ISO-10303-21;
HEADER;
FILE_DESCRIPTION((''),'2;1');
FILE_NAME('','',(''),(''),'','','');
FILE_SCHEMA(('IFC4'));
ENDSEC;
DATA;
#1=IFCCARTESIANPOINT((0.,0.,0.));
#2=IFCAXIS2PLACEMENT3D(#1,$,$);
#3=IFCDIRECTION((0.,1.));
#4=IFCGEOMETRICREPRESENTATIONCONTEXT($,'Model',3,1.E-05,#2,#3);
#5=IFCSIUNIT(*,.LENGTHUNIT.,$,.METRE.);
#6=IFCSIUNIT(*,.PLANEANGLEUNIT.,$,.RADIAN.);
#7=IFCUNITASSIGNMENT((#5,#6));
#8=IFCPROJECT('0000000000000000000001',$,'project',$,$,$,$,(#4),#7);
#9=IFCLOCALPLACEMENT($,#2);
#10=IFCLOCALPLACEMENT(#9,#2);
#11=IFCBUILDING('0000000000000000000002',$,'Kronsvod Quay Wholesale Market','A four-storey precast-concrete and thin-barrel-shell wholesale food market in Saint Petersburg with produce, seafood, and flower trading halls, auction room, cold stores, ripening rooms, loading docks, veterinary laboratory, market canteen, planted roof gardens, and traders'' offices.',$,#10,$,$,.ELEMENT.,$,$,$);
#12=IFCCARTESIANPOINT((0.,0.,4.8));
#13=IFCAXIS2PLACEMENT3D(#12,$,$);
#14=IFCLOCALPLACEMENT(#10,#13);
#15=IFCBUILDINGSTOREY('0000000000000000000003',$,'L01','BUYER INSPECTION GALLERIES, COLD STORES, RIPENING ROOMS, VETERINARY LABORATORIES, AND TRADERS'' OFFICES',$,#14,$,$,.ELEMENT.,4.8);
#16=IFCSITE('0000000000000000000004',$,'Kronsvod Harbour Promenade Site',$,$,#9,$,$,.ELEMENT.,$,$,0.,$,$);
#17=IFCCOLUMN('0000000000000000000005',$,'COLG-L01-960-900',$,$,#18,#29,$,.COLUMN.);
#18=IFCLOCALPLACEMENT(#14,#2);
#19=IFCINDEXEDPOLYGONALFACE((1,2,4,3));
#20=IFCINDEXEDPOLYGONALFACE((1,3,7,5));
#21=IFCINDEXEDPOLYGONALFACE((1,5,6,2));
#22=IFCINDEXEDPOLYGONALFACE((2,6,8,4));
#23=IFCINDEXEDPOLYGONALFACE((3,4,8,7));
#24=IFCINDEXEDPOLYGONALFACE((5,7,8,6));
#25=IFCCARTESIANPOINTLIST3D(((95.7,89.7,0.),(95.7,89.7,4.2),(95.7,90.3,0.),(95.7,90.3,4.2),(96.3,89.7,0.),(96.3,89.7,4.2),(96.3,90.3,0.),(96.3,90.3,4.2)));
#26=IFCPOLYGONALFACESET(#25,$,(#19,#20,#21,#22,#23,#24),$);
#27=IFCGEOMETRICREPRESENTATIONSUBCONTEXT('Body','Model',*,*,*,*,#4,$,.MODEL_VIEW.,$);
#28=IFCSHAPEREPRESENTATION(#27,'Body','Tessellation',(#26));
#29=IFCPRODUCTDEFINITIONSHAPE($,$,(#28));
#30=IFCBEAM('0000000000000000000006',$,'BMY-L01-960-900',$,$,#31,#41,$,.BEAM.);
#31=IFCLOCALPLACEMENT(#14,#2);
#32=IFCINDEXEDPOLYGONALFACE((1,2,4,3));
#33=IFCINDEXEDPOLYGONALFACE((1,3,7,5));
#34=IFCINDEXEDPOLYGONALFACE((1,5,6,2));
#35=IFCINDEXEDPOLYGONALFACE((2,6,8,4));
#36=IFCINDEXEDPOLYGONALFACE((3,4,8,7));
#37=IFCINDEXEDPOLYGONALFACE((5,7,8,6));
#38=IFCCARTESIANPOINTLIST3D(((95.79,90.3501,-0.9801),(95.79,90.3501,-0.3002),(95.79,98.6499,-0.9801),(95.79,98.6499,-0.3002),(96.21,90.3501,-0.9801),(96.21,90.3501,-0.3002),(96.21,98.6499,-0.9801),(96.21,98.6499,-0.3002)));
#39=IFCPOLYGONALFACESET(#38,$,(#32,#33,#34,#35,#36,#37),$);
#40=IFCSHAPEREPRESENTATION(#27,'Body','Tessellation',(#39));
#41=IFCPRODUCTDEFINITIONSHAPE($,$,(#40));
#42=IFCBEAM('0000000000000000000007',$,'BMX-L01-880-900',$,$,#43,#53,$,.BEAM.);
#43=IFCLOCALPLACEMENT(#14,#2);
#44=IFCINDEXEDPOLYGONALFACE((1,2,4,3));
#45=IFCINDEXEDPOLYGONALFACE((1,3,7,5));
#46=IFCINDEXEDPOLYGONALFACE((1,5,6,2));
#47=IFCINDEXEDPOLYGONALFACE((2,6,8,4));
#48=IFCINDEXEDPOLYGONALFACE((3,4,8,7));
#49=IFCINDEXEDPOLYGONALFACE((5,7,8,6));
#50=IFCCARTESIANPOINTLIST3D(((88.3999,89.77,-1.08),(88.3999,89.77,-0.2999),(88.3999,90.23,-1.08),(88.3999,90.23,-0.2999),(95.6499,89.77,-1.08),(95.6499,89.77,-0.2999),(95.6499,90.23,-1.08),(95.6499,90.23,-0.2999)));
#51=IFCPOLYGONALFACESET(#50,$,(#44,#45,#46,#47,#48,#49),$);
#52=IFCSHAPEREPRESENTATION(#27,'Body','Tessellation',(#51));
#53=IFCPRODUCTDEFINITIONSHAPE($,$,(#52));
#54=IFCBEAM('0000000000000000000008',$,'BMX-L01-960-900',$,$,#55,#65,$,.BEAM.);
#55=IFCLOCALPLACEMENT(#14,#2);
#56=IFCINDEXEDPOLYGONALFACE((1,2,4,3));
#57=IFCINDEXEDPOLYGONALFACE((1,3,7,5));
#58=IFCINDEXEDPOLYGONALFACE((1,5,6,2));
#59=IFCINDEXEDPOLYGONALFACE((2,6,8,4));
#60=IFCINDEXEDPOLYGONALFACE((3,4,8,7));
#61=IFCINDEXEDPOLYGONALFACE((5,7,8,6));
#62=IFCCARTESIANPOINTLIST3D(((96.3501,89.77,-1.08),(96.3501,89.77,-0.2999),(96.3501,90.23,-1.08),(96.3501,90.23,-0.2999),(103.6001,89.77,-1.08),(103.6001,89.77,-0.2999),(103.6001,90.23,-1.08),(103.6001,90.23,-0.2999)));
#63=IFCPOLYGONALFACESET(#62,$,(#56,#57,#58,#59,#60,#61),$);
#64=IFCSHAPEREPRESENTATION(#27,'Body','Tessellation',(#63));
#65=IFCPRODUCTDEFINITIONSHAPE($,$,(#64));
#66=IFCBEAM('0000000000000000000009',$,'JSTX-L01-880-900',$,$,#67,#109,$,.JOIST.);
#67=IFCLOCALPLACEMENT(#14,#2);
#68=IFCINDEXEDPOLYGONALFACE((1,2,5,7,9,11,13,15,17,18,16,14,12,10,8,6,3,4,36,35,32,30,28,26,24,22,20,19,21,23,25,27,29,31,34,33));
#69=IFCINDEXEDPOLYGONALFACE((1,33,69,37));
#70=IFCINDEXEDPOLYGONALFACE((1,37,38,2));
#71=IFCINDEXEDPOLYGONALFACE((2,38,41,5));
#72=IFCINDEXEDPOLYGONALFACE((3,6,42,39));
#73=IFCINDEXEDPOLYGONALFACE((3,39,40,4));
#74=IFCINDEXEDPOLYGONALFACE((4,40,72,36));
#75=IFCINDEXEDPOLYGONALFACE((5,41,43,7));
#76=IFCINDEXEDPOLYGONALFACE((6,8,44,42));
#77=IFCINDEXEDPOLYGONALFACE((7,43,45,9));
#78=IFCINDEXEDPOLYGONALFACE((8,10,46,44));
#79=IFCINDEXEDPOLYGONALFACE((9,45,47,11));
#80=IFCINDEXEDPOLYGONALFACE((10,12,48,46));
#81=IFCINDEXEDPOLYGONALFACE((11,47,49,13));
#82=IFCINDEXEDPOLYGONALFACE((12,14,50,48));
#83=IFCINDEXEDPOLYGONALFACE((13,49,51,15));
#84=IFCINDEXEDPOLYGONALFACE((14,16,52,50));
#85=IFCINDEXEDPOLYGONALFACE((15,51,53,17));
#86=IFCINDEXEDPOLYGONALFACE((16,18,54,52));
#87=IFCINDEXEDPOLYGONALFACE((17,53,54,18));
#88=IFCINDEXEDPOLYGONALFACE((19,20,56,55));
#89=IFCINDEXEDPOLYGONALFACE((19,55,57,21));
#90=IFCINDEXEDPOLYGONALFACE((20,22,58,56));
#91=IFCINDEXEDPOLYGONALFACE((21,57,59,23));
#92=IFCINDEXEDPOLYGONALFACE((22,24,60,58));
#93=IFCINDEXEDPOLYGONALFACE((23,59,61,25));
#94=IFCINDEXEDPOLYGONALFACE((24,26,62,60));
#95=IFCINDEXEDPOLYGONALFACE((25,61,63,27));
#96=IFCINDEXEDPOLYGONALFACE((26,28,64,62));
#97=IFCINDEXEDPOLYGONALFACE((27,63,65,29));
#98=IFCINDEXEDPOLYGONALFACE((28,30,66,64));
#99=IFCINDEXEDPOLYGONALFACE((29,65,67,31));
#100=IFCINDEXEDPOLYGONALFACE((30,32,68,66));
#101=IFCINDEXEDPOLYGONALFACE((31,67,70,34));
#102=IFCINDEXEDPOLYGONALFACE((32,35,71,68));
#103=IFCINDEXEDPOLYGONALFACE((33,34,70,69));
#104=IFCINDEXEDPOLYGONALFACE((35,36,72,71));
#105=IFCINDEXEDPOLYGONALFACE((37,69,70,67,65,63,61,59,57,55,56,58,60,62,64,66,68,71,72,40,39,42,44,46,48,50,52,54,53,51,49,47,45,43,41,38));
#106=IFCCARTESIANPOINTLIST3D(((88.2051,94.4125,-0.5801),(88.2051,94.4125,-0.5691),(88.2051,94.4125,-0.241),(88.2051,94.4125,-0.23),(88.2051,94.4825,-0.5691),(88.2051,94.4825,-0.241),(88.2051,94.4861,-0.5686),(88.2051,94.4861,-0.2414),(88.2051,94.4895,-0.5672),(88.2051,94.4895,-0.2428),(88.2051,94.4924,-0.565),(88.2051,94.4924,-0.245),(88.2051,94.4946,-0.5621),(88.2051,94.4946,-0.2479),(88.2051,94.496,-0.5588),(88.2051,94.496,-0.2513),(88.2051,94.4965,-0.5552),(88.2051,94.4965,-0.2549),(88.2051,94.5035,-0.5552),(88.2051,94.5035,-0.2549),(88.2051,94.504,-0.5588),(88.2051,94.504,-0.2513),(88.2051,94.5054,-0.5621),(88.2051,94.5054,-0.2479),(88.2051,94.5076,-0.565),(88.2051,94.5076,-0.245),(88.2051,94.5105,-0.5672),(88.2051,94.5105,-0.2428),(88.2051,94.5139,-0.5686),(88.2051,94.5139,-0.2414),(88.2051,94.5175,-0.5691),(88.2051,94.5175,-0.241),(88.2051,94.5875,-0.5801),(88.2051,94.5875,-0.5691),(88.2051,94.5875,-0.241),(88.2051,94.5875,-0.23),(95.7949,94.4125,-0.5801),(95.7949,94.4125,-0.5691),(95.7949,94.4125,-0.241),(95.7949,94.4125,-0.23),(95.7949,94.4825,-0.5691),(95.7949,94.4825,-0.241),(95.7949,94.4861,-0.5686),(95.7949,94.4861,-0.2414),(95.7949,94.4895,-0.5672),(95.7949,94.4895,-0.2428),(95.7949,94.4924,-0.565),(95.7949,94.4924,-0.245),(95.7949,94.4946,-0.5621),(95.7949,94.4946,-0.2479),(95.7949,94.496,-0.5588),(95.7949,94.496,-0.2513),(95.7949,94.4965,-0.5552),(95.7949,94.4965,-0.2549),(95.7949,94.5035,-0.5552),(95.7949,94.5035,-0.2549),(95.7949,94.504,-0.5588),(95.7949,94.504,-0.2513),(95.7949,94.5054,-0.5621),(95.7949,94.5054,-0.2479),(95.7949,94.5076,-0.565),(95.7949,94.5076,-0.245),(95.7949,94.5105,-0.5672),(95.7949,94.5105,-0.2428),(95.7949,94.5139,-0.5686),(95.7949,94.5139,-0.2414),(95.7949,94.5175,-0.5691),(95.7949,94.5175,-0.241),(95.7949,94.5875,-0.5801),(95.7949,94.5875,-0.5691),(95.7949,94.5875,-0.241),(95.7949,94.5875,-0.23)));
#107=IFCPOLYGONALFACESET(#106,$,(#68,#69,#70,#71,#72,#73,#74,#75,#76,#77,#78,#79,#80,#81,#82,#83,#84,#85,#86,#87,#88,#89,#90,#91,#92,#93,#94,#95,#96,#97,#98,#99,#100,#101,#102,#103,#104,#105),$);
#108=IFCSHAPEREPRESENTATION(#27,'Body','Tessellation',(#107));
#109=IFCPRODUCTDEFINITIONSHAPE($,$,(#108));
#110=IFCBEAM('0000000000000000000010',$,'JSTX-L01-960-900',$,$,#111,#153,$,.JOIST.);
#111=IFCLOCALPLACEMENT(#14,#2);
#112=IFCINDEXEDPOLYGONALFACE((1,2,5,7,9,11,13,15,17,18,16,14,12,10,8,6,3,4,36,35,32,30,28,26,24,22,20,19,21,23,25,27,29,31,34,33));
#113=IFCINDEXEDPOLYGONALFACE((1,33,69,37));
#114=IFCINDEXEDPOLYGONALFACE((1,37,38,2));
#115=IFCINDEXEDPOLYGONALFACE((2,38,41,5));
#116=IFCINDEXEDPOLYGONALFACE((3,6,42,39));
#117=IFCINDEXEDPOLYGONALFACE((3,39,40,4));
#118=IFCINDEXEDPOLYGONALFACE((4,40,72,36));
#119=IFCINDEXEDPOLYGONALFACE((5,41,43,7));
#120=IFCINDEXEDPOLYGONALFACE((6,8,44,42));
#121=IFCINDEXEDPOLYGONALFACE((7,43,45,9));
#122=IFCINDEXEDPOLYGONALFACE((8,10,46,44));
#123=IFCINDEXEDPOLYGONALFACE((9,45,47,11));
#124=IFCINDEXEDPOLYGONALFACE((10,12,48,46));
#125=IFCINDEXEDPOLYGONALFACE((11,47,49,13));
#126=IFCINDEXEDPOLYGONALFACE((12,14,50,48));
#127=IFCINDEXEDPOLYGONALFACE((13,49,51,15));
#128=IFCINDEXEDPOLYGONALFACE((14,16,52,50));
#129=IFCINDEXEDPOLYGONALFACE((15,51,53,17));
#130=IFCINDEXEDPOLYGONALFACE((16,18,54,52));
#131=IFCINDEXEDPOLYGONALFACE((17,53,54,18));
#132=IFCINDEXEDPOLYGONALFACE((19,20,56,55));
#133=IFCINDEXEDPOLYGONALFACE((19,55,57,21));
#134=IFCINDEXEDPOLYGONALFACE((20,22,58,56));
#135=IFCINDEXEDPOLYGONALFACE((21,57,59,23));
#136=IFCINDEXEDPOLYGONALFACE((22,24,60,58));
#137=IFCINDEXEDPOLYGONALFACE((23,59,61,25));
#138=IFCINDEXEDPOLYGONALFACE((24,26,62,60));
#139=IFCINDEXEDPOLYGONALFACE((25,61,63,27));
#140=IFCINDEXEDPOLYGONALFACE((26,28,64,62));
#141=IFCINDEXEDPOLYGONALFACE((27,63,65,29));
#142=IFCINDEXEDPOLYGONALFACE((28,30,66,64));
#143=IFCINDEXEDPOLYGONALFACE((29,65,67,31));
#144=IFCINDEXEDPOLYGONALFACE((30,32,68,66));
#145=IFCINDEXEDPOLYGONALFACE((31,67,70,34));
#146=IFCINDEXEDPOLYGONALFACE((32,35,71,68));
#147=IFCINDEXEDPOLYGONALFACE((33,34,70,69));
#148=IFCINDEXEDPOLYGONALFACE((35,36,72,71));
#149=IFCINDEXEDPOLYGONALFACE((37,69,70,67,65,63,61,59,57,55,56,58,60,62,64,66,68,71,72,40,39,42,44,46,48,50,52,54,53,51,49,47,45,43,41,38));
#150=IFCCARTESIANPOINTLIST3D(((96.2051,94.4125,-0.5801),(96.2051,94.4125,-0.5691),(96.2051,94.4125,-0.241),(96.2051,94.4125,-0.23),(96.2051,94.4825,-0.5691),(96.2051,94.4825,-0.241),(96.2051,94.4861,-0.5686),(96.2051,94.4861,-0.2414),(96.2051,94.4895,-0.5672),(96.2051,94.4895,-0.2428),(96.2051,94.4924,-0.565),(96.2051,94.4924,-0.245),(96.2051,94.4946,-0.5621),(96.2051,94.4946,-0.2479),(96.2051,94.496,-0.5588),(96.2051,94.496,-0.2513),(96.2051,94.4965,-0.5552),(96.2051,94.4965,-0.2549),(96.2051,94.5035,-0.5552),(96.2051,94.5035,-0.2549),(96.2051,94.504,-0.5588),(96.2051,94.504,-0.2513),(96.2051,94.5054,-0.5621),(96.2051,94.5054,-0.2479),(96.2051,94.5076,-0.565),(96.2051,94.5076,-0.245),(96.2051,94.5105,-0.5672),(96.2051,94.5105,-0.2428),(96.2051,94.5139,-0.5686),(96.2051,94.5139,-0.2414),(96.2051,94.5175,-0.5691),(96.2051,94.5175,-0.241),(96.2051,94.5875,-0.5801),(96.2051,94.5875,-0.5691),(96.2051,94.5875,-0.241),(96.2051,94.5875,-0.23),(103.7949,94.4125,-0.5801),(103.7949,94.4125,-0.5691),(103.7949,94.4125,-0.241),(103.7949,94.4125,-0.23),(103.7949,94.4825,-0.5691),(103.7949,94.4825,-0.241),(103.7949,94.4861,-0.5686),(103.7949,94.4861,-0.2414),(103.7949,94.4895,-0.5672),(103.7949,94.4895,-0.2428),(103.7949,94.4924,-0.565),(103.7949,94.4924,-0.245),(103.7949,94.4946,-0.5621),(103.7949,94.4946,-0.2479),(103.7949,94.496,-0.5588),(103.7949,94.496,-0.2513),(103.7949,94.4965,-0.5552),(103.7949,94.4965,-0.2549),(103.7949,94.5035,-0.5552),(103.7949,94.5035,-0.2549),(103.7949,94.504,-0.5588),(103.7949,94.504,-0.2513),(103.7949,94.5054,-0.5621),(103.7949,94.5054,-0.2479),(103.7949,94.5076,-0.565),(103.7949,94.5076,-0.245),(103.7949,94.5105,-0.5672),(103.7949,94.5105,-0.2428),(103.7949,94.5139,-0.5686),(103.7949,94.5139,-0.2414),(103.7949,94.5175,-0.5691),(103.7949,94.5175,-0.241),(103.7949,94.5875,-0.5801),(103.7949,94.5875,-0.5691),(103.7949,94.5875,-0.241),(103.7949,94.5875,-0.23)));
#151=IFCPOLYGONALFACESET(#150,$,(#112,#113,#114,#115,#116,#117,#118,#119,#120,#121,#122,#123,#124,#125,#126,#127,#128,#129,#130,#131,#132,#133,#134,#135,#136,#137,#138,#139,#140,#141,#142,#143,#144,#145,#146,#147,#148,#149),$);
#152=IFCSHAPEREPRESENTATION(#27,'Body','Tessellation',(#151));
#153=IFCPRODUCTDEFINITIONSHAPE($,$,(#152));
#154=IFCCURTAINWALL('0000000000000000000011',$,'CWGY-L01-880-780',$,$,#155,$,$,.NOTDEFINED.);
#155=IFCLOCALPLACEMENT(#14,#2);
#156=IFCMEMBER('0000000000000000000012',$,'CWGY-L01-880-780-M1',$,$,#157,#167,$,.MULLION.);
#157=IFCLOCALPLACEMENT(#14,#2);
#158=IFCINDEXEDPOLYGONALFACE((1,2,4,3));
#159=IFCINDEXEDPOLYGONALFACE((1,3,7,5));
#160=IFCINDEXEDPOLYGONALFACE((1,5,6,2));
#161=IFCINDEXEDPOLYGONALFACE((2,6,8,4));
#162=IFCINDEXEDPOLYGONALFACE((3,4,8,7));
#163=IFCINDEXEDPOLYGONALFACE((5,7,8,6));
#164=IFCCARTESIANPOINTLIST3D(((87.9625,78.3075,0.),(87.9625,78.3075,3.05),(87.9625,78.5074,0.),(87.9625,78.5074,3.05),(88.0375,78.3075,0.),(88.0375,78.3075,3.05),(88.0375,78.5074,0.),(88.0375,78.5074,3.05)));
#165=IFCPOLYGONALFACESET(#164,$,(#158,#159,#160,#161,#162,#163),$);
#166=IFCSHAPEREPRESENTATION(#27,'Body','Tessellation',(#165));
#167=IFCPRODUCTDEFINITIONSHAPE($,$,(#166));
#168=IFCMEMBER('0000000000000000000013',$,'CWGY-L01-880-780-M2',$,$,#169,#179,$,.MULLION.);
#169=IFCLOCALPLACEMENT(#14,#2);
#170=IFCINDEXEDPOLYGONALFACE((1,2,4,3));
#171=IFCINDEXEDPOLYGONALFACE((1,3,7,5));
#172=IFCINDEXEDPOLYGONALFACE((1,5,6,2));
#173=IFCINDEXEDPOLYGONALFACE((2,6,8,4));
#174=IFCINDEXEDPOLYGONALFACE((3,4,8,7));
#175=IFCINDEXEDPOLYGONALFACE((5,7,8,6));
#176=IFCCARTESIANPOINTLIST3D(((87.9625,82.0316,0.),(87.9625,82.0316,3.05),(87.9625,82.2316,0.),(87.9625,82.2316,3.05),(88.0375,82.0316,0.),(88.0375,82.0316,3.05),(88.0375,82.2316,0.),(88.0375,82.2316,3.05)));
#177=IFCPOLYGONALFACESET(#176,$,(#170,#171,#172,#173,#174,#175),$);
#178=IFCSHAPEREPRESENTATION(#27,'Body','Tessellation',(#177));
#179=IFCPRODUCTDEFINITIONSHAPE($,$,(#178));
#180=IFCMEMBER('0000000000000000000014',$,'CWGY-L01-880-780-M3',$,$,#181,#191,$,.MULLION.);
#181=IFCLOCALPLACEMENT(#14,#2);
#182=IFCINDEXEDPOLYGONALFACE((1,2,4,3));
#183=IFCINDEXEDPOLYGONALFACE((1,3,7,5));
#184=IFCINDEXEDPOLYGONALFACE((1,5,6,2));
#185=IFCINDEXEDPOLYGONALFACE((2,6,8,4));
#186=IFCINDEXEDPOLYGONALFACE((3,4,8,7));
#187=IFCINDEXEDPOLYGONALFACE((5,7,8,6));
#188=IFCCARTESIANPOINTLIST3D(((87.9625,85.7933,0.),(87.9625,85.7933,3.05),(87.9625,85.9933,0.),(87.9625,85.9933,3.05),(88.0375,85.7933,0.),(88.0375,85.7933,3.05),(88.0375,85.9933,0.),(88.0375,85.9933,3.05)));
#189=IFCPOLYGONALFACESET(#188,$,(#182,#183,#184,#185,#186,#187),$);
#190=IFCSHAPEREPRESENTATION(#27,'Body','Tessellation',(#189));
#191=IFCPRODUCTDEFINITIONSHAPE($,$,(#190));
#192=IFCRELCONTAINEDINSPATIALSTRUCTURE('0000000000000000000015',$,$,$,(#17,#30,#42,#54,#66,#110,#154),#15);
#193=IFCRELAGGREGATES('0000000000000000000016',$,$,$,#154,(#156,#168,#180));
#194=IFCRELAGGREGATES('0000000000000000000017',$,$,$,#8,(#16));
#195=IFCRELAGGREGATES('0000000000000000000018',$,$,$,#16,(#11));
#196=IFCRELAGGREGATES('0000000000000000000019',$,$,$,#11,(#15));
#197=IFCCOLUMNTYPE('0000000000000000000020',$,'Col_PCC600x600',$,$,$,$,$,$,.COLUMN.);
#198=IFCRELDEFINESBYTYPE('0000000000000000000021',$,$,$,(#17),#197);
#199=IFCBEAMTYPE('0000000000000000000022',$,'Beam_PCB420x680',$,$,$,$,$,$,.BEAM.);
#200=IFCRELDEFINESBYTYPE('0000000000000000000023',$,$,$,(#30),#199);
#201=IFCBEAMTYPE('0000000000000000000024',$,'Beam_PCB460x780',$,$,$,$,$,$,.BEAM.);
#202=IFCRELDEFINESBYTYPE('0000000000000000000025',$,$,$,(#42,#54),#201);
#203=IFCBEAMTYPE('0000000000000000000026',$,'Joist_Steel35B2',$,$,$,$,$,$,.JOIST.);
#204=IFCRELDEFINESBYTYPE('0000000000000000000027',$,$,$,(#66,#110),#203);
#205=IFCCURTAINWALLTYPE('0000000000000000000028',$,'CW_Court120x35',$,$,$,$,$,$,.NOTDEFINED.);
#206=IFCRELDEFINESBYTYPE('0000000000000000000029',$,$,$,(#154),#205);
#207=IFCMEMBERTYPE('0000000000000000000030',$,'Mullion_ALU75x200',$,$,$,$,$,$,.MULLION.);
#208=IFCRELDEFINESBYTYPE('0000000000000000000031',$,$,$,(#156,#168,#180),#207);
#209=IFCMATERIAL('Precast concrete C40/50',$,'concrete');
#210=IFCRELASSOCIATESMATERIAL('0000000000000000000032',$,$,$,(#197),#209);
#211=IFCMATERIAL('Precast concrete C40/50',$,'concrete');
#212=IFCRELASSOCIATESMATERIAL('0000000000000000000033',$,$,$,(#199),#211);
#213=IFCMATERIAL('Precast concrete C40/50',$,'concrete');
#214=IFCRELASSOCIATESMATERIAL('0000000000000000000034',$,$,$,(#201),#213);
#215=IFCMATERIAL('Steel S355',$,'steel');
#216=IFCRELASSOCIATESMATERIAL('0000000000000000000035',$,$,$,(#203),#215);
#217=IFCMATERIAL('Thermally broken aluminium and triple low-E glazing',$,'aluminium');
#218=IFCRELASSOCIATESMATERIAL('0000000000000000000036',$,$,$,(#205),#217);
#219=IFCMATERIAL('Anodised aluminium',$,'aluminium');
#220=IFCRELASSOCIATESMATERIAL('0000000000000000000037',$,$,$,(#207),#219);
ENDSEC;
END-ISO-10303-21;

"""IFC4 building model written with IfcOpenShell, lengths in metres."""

from ifc_helpers import new_model, si_unit, direction, frame, origin, origin_2d, place, context, subcontext, project, spatial, rectangle, i_section, extrude, material, material_profile, profile_set, type_object, element, aggregate, save


model = new_model("IFC4")

# Units and contexts
model_context = context("Model", 3, precision=1e-05, world=origin(), true_north=direction((0.0, 1.0)))
body_context = subcontext(model_context, "Body", "Model", "MODEL_VIEW")
ifc_project = project(units=[si_unit("LENGTHUNIT", "METRE"), si_unit("PLANEANGLEUNIT", "RADIAN")], contexts=[model_context])

# Site, building, storey
site_placement = place(None, origin())
site = spatial("IfcSite", under=ifc_project, at=site_placement, Name="Kronsvod Harbour Promenade Site", CompositionType="ELEMENT", RefElevation=0.0)
building_placement = place(site_placement, origin())
building = spatial("IfcBuilding", under=site, at=building_placement, Name="Kronsvod Quay Wholesale Market", Description="A four-storey precast-concrete and thin-barrel-shell wholesale food market in Saint Petersburg with produce, seafood, and flower trading halls, auction room, cold stores, ripening rooms, loading docks, veterinary laboratory, market canteen, planted roof gardens, and traders' offices.", CompositionType="ELEMENT")
storey_placement = place(building_placement, frame((0.0, 0.0, 4.8)))
storey = spatial("IfcBuildingStorey", under=building, at=storey_placement, Name="L01", Description="BUYER INSPECTION GALLERIES, COLD STORES, RIPENING ROOMS, VETERINARY LABORATORIES, AND TRADERS' OFFICES", CompositionType="ELEMENT", Elevation=4.8)

# Column
ifc_material_1 = material(Name="Precast concrete C40/50", Category="concrete")
ifc_material_profile_1 = material_profile(ifc_material_1, rectangle(XDim=0.6001, YDim=0.6001, at=origin_2d()), Name="PCC600x600")
ifc_profile_set_1 = profile_set([ifc_material_profile_1], Name="Precast concrete C40/50")
column_type = type_object("IfcColumnType", Name="Col_PCC600x600", PredefinedType="COLUMN", material=ifc_profile_set_1)
column_placement = place(storey_placement, frame((96.0, 90.0, 0.0), z_axis=(0.0, 0.0, 1.0), x_axis=(1.0, 0.0, 0.0)))
element("IfcColumn", 1, at=column_placement, inside=storey, type_object=column_type, Name="COLG-L01-960-900", PredefinedType="COLUMN", context=body_context, shape_type="SweptSolid", body=[
    extrude(rectangle(XDim=0.6001, YDim=0.6001, at=origin_2d()), origin(), (0.0, 0.0, 1.0), 4.2),
])

# Beams
ifc_material_2 = material(Name="Precast concrete C40/50", Category="concrete")
ifc_material_profile_2 = material_profile(ifc_material_2, rectangle(XDim=0.4199, YDim=0.6799, at=origin_2d()), Name="PB-05")
ifc_profile_set_2 = profile_set([ifc_material_profile_2], Name="Precast concrete C40/50")
beam_type_1 = type_object("IfcBeamType", Name="Beam_PCB420x680", PredefinedType="BEAM", material=ifc_profile_set_2)
beam_placement = place(storey_placement, frame((96.0, 90.3501, -0.6401), z_axis=(0.0, 1.0, 0.0), x_axis=(-1.0, 0.0, 0.0)))
element("IfcBeam", 2, at=beam_placement, inside=storey, type_object=beam_type_1, Name="BMY-L01-960-900", PredefinedType="BEAM", context=body_context, shape_type="SweptSolid", body=[
    extrude(rectangle(XDim=0.4199, YDim=0.6799, at=origin_2d()), origin(), (0.0, 0.0, 1.0), 8.2998),
])
ifc_material_3 = material(Name="Precast concrete C40/50", Category="concrete")
ifc_material_profile_3 = material_profile(ifc_material_3, rectangle(XDim=0.46, YDim=0.78, at=origin_2d()), Name="PB-03")
ifc_profile_set_3 = profile_set([ifc_material_profile_3], Name="Precast concrete C40/50")
beam_type_2 = type_object("IfcBeamType", Name="Beam_PCB460x780", PredefinedType="BEAM", material=ifc_profile_set_3)
for number, where, z_axis, x_axis, name in (
    (3, (88.3999, 90.0, -0.6899), (1.0, 0.0, 0.0), (0.0, 1.0, 0.0), "BMX-L01-880-900"),
    (4, (96.3501, 90.0, -0.6899), (1.0, 0.0, 0.0), (0.0, 1.0, 0.0), "BMX-L01-960-900"),
):
    element("IfcBeam", number, at=place(storey_placement, frame(where, z_axis=z_axis, x_axis=x_axis)), inside=storey, type_object=beam_type_2, Name=name, PredefinedType="BEAM", context=body_context, shape_type="SweptSolid", body=[
        extrude(rectangle(XDim=0.46, YDim=0.78, at=origin_2d()), origin(), (0.0, 0.0, 1.0), 7.25),
    ])
ifc_material_4 = material(Name="Steel S355", Category="steel")
ifc_material_profile_4 = material_profile(ifc_material_4, i_section(OverallWidth=0.175, OverallDepth=0.3501, WebThickness=0.0071, FlangeThickness=0.011, FilletRadius=0.0139, at=origin_2d()), Name="35B2")
ifc_profile_set_4 = profile_set([ifc_material_profile_4], Name="Steel S355")
beam_type_3 = type_object("IfcBeamType", Name="Joist_Steel35B2", PredefinedType="JOIST", material=ifc_profile_set_4)
for number, where, z_axis, x_axis, name in (
    (5, (88.2051, 94.5, -0.405), (1.0, 0.0, 0.0), (0.0, 1.0, 0.0), "JSTX-L01-880-900"),
    (6, (96.2051, 94.5, -0.405), (1.0, 0.0, 0.0), (0.0, 1.0, 0.0), "JSTX-L01-960-900"),
):
    element("IfcBeam", number, at=place(storey_placement, frame(where, z_axis=z_axis, x_axis=x_axis)), inside=storey, type_object=beam_type_3, Name=name, PredefinedType="JOIST", context=body_context, shape_type="SweptSolid", body=[
        extrude(i_section(OverallWidth=0.175, OverallDepth=0.3501, WebThickness=0.0071, FlangeThickness=0.011, FilletRadius=0.0139, at=origin_2d()), origin(), (0.0, 0.0, 1.0), 7.5898),
    ])

# Curtain wall, members
ifc_material_5 = material(Name="Thermally broken aluminium and triple low-E glazing", Category="aluminium")
curtain_wall_type = type_object("IfcCurtainWallType", Name="CW_Court120x35", PredefinedType="NOTDEFINED", material=ifc_material_5)
curtain_wall_1_placement = place(storey_placement, origin())
curtain_wall_1 = element("IfcCurtainWall", 7, at=curtain_wall_1_placement, inside=storey, type_object=curtain_wall_type, Name="CWGY-L01-880-780", PredefinedType="NOTDEFINED")
ifc_material_6 = material(Name="Anodised aluminium", Category="aluminium")
ifc_material_profile_5 = material_profile(ifc_material_6, rectangle(XDim=0.075, YDim=0.2, at=origin_2d()), Name="ALUM75x200")
ifc_profile_set_5 = profile_set([ifc_material_profile_5], Name="Anodised aluminium")
member_type_1 = type_object("IfcMemberType", Name="Mullion_ALU75x200", PredefinedType="MULLION", material=ifc_profile_set_5)
member_1_placement = place(storey_placement, frame((88.0, 78.4075, 0.0), z_axis=(0.0, 0.0, 1.0), x_axis=(1.0, 0.0, 0.0)))
member_1 = element("IfcMember", 8, at=member_1_placement, type_object=member_type_1, Name="CWGY-L01-880-780-M1", PredefinedType="MULLION", context=body_context, shape_type="SweptSolid", body=[
    extrude(rectangle(XDim=0.075, YDim=0.2, at=origin_2d()), origin(), (0.0, 0.0, 1.0), 3.05),
])
member_2_placement = place(storey_placement, frame((88.0, 82.1316, 0.0), z_axis=(0.0, 0.0, 1.0), x_axis=(1.0, 0.0, 0.0)))
member_2 = element("IfcMember", 9, at=member_2_placement, type_object=member_type_1, Name="CWGY-L01-880-780-M2", PredefinedType="MULLION", context=body_context, shape_type="SweptSolid", body=[
    extrude(rectangle(XDim=0.075, YDim=0.2, at=origin_2d()), origin(), (0.0, 0.0, 1.0), 3.05),
])
member_3_placement = place(storey_placement, frame((88.0, 85.8933, 0.0), z_axis=(0.0, 0.0, 1.0), x_axis=(1.0, 0.0, 0.0)))
member_3 = element("IfcMember", 10, at=member_3_placement, type_object=member_type_1, Name="CWGY-L01-880-780-M3", PredefinedType="MULLION", context=body_context, shape_type="SweptSolid", body=[
    extrude(rectangle(XDim=0.075, YDim=0.2, at=origin_2d()), origin(), (0.0, 0.0, 1.0), 3.05),
])

aggregate(curtain_wall_1, [member_1, member_2, member_3])

save(model, "model.ifc")
